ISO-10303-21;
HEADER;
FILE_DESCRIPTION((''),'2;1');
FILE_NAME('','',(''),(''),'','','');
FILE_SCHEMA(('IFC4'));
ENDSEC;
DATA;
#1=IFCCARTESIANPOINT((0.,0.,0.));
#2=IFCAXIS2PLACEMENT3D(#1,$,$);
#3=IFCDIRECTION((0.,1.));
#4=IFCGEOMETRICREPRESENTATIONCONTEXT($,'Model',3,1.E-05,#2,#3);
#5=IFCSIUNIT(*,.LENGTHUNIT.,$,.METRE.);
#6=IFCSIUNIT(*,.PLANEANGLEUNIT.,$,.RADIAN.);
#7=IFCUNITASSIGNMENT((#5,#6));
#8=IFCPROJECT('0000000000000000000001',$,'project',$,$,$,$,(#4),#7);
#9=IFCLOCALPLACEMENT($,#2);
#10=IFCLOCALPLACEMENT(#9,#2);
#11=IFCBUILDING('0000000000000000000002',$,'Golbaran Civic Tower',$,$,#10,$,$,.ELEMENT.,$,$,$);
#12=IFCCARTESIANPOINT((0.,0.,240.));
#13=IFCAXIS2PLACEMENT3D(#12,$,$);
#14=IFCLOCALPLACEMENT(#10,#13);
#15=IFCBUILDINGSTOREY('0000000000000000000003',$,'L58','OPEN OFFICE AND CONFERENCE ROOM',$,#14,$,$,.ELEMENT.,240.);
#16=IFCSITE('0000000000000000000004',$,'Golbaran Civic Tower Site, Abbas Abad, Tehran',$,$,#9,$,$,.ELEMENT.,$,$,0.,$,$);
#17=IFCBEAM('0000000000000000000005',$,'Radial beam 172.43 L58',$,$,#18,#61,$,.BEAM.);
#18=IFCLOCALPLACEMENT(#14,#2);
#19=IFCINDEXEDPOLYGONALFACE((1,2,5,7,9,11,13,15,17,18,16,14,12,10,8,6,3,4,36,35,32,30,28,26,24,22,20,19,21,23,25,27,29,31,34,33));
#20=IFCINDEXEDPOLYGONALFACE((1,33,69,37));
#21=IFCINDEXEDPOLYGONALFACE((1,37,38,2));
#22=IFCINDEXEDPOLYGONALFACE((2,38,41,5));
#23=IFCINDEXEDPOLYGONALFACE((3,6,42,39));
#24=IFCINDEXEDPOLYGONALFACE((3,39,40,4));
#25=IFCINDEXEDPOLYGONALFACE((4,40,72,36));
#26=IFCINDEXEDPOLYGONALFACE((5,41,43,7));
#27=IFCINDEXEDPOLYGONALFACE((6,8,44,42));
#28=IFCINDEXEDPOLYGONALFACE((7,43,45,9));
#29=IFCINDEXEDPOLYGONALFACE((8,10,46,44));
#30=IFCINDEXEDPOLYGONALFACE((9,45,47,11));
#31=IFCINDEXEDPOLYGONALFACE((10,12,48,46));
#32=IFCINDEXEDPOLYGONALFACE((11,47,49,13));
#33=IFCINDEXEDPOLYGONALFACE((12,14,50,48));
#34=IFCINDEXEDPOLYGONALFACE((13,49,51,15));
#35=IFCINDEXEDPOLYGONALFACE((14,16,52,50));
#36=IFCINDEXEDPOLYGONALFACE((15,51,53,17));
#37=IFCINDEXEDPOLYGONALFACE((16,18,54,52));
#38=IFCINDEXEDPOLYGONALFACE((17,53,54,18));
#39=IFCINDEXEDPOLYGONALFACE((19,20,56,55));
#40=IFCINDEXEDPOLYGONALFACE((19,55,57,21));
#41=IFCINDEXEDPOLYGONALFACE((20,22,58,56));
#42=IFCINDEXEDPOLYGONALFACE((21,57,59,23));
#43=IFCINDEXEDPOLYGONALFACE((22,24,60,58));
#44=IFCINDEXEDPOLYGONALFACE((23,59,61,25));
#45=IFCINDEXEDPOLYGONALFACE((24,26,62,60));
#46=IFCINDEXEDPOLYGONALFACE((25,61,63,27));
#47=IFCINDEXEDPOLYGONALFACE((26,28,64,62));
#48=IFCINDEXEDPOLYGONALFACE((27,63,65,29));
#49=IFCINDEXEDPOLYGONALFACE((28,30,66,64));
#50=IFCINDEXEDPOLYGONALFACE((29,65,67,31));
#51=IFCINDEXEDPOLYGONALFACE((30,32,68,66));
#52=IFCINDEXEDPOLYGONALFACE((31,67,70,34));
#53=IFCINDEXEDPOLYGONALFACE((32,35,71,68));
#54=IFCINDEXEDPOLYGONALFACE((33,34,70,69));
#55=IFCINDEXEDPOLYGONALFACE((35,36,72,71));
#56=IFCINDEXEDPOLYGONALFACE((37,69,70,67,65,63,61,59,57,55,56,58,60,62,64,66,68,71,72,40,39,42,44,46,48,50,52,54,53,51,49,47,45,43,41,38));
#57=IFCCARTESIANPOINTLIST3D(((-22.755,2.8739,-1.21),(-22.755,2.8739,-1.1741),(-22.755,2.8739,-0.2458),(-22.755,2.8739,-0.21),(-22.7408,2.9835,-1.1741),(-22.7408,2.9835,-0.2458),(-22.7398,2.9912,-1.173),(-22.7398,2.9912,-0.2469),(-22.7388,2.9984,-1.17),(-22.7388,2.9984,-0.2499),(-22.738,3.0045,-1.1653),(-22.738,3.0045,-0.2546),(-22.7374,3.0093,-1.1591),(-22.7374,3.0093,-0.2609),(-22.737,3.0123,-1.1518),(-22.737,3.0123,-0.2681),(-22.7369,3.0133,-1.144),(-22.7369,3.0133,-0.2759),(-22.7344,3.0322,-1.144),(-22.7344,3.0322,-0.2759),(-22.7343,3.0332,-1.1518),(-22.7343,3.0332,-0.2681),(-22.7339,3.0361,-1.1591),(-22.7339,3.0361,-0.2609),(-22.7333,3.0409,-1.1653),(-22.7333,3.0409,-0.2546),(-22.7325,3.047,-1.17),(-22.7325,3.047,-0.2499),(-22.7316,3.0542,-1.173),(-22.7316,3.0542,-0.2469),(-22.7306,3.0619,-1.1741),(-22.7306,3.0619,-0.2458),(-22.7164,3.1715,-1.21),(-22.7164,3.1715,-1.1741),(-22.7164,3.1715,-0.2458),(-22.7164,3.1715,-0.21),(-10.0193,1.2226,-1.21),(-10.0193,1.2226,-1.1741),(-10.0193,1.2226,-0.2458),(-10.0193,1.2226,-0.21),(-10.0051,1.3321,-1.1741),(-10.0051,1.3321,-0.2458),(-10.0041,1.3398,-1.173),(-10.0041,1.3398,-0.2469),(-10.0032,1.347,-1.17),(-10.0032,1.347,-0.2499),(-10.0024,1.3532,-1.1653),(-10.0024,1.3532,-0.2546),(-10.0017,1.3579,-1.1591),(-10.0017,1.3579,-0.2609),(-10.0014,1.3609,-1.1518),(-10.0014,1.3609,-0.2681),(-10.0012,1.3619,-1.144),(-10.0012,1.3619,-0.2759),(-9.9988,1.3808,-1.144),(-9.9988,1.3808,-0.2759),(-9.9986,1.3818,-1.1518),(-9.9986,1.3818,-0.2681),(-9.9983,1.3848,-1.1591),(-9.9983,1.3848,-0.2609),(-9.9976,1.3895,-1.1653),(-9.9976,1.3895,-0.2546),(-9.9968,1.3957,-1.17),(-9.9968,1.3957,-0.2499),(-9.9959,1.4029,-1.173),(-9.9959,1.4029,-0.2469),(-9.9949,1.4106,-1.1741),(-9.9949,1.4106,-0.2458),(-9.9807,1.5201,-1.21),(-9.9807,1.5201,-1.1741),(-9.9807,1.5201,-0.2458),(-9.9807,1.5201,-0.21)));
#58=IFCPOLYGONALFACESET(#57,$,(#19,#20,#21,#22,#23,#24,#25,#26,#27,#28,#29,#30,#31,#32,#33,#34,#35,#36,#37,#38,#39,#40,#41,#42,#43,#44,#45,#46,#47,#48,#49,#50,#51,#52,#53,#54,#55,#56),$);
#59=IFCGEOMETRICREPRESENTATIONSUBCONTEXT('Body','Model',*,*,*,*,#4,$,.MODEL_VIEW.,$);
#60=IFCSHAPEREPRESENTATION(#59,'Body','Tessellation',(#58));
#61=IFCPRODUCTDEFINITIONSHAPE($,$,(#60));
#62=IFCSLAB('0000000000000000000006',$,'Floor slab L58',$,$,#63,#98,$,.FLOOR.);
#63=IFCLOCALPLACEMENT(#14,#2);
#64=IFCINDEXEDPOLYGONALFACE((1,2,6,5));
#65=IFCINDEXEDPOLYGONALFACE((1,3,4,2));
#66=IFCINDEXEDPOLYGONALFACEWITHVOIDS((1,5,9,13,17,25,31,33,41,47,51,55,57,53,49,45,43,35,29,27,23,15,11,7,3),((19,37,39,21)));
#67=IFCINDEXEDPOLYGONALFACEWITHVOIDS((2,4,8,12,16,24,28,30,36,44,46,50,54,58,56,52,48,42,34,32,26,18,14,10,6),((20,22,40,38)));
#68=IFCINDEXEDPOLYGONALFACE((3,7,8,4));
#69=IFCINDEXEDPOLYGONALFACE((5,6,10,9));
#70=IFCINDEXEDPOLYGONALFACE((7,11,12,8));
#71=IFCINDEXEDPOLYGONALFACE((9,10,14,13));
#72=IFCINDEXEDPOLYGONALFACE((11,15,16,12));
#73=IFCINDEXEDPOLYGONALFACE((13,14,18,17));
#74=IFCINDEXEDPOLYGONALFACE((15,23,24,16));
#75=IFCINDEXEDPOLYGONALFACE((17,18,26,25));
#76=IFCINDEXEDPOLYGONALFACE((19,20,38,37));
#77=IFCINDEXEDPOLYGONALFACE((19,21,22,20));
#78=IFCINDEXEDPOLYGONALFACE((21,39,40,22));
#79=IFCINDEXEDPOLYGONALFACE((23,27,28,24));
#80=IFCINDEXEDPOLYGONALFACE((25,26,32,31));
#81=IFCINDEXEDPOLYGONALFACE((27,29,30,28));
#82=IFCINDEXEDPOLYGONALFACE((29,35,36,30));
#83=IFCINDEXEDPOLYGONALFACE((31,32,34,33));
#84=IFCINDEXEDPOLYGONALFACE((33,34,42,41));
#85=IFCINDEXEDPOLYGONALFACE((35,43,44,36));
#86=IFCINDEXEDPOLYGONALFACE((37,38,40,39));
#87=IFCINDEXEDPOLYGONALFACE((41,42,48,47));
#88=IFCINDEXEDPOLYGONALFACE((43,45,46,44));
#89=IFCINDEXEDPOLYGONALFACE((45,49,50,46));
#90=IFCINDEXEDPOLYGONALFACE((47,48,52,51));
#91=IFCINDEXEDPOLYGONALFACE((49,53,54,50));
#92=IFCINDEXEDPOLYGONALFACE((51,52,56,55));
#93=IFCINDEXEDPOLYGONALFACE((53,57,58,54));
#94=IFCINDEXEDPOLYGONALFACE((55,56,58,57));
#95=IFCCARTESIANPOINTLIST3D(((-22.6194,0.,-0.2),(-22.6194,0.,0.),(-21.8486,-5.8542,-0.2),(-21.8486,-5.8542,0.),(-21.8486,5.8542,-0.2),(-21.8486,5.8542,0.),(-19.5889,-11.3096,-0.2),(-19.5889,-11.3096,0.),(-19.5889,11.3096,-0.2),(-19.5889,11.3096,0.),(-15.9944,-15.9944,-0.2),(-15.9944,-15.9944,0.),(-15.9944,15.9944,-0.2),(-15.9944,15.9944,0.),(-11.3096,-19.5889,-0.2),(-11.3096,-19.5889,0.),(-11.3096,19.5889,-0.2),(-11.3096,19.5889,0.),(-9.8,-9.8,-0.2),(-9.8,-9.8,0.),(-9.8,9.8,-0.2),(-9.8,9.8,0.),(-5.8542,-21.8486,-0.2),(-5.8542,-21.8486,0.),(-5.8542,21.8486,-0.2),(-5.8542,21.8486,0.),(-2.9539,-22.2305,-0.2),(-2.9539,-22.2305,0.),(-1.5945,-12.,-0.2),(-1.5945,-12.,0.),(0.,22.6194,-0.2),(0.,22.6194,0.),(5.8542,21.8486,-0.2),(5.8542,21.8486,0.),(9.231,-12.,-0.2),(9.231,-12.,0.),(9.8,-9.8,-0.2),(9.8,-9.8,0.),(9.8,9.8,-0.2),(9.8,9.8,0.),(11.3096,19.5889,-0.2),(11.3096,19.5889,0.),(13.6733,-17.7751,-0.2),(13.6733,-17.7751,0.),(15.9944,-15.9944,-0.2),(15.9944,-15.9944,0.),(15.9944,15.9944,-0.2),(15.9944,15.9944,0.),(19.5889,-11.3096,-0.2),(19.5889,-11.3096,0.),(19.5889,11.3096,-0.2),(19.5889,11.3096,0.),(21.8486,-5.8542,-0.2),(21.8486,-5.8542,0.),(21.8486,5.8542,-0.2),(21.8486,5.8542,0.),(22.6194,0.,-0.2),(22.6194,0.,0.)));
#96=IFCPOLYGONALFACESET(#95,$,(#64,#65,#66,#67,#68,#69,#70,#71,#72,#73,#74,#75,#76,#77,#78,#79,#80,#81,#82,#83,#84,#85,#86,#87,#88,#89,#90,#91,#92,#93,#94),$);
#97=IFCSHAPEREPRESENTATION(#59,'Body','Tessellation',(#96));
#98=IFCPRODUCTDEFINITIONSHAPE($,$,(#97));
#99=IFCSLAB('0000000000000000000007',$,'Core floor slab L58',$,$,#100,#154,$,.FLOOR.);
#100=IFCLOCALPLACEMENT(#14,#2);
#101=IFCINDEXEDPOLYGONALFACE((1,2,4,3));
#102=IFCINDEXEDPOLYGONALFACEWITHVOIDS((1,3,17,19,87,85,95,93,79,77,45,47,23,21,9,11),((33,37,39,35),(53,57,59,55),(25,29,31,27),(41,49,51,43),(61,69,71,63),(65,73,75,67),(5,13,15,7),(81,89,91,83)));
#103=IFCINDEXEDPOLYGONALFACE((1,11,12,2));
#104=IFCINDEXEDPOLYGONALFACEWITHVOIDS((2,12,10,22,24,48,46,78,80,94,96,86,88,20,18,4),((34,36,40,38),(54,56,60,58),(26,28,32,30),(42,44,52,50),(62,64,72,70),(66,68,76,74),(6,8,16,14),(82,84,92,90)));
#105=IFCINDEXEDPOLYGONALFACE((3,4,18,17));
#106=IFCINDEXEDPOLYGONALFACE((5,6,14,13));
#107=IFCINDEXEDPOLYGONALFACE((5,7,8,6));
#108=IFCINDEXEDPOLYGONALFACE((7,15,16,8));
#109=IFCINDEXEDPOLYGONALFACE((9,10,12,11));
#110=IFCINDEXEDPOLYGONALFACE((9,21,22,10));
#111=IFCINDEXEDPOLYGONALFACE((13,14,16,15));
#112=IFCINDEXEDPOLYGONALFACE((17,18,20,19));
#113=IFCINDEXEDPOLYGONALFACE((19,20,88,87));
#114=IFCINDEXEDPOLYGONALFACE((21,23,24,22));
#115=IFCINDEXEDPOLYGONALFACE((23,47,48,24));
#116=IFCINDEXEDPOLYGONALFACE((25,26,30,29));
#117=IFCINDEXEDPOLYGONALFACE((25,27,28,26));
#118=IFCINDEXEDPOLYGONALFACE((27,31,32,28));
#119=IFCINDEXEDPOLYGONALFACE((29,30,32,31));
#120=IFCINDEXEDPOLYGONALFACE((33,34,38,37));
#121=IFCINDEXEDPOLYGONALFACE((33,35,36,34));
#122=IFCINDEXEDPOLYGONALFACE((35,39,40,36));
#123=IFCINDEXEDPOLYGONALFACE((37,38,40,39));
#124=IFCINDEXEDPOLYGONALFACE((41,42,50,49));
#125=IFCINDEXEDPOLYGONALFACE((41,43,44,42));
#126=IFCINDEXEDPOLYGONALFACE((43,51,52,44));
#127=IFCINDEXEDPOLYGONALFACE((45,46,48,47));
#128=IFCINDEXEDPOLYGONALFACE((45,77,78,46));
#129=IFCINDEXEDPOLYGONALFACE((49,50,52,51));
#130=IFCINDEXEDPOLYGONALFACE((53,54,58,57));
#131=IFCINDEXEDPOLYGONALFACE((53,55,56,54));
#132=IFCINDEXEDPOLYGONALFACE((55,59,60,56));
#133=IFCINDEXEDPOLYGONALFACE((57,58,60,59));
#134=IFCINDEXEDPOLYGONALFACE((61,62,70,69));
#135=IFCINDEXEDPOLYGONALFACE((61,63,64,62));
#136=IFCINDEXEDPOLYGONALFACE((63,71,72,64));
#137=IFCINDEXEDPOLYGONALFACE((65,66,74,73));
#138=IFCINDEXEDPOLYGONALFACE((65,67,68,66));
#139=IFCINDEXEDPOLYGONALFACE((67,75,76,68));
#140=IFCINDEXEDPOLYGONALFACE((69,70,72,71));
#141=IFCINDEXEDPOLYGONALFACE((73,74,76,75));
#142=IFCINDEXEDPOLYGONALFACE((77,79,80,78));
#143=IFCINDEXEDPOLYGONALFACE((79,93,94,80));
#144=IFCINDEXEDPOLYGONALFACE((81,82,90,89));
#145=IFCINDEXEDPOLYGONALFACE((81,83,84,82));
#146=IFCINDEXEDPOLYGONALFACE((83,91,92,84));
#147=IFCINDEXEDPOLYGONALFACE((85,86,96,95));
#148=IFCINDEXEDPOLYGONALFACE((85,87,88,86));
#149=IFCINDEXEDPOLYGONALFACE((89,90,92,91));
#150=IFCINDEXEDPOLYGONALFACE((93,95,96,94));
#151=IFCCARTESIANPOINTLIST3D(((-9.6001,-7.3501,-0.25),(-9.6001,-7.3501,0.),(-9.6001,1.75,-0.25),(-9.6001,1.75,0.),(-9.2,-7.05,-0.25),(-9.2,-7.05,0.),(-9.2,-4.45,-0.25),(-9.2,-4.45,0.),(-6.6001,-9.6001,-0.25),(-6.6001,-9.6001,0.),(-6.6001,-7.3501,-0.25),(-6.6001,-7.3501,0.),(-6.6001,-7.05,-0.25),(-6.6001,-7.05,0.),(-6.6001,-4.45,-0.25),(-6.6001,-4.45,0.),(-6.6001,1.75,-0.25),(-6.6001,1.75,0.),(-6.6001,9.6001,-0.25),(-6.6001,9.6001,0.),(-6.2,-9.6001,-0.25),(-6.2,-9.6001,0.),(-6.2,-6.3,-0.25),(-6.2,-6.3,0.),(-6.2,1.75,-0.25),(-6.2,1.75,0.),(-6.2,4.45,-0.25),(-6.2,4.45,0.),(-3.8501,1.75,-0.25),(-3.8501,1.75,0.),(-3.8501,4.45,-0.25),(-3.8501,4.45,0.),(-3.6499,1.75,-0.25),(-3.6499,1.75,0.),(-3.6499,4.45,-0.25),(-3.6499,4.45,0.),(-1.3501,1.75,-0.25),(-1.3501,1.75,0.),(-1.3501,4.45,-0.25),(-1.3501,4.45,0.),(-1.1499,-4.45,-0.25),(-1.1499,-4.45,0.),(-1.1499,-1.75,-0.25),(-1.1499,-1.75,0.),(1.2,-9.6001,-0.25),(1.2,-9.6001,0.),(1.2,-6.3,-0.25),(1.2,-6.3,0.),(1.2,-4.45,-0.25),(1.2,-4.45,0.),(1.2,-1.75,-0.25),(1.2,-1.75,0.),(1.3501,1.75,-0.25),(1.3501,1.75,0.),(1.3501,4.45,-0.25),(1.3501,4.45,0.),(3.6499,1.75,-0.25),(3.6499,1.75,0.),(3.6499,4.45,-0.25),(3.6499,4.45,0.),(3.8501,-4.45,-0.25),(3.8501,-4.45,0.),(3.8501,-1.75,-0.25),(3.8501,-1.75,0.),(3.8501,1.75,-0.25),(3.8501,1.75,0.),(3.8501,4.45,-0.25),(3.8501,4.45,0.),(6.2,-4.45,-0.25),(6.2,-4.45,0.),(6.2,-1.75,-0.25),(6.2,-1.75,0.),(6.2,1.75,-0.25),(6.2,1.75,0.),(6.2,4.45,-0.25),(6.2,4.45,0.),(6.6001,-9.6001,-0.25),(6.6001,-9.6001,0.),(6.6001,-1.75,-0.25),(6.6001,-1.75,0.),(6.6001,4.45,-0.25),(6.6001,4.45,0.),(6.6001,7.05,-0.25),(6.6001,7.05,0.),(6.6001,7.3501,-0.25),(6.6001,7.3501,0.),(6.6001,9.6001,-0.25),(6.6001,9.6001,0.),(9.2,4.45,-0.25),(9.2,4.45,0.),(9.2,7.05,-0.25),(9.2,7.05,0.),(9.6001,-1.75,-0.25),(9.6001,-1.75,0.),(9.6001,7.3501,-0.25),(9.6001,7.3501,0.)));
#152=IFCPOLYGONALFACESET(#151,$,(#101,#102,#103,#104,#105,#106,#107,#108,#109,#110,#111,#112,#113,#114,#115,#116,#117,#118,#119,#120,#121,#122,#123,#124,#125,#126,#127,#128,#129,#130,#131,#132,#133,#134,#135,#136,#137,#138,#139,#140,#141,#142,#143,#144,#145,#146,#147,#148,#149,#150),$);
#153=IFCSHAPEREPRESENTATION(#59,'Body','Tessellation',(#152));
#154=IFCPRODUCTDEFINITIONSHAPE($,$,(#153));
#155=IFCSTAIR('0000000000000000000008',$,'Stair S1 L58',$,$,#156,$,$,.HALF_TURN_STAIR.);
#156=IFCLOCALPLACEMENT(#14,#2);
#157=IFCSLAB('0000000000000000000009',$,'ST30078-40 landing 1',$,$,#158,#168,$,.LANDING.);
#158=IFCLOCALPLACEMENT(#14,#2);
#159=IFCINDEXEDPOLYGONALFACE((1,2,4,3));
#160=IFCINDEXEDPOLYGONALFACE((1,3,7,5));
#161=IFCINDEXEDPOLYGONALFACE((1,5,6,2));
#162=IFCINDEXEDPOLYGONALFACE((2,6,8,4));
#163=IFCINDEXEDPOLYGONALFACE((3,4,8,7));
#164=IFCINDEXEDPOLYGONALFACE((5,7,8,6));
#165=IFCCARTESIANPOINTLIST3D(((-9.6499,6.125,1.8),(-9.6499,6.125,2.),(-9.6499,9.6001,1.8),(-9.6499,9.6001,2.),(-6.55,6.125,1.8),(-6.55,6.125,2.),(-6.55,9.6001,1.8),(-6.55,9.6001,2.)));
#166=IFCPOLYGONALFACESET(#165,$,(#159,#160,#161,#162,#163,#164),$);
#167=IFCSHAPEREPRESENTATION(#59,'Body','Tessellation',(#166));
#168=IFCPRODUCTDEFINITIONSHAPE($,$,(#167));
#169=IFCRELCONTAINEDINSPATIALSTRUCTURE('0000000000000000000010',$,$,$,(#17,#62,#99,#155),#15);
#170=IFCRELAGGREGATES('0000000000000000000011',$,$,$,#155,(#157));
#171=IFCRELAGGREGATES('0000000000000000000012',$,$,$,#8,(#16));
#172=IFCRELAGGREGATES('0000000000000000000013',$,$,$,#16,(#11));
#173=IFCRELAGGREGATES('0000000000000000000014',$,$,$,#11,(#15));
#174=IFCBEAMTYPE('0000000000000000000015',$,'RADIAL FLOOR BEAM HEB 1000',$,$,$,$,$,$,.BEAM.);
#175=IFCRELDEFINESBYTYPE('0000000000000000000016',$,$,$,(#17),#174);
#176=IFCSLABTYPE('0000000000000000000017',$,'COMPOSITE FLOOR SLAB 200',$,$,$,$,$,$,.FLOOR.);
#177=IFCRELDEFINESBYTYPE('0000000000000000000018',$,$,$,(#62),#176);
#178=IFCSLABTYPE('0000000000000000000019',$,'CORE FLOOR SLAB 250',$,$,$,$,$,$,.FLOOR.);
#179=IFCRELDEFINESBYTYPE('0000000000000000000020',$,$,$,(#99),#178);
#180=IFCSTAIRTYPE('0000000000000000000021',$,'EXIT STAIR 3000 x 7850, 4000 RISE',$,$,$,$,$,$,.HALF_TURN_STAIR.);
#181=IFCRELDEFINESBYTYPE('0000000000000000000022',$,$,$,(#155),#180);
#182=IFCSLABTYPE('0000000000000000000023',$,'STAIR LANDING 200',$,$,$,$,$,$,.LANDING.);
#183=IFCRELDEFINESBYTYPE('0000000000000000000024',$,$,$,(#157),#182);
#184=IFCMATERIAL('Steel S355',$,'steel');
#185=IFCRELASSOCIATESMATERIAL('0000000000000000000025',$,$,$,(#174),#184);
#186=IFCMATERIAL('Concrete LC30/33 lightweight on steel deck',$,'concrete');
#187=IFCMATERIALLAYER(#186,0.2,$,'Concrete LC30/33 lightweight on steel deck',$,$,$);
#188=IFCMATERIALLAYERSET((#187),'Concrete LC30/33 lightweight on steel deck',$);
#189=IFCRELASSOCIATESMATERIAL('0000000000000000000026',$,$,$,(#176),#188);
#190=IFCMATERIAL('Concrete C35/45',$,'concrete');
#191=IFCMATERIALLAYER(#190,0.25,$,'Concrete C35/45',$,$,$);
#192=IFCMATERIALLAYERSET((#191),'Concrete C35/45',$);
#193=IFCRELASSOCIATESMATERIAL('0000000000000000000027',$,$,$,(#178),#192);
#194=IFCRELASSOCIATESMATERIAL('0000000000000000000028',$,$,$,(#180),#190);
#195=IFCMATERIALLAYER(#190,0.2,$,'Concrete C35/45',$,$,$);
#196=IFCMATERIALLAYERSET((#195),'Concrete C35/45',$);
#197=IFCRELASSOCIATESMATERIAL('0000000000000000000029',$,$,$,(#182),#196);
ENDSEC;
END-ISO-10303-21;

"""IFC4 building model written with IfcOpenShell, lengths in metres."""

from ifc_helpers import new_model, si_unit, direction, frame, origin, origin_2d, place, context, subcontext, project, spatial, polyline, i_section, outline, extrude, material, layer, layer_set, material_profile, profile_set, type_object, element, aggregate, save


model = new_model("IFC4")

# Units and contexts
model_context = context("Model", 3, precision=1e-05, world=origin(), true_north=direction((0.0, 1.0)))
body_context = subcontext(model_context, "Body", "Model", "MODEL_VIEW")
ifc_project = project(units=[si_unit("LENGTHUNIT", "METRE"), si_unit("PLANEANGLEUNIT", "RADIAN")], contexts=[model_context])

# Site, building, storey
site_placement = place(None, origin())
site = spatial("IfcSite", under=ifc_project, at=site_placement, Name="Golbaran Civic Tower Site, Abbas Abad, Tehran", CompositionType="ELEMENT", RefElevation=0.0)
building_placement = place(site_placement, origin())
building = spatial("IfcBuilding", under=site, at=building_placement, Name="Golbaran Civic Tower", CompositionType="ELEMENT")
storey_placement = place(building_placement, frame((0.0, 0.0, 240.0)))
storey = spatial("IfcBuildingStorey", under=building, at=storey_placement, Name="L58", Description="OPEN OFFICE AND CONFERENCE ROOM", CompositionType="ELEMENT", Elevation=240.0)

# Beam
ifc_material_1 = material(Name="Steel S355", Category="steel")
ifc_material_profile = material_profile(ifc_material_1, i_section(OverallWidth=0.3, OverallDepth=1.0, WebThickness=0.019, FlangeThickness=0.0359, FilletRadius=0.03, at=origin_2d()), Name="HEB 1000")
ifc_profile_set = profile_set([ifc_material_profile], Name="Steel S355")
beam_type = type_object("IfcBeamType", Name="RADIAL FLOOR BEAM HEB 1000", PredefinedType="BEAM", material=ifc_profile_set)
beam_1_placement = place(storey_placement, frame((-10.0, 1.3713, -0.71), z_axis=(-0.991698, 0.128589, 0.0), x_axis=(-0.128589, -0.991698, 0.0)))
element("IfcBeam", 1, at=beam_1_placement, inside=storey, type_object=beam_type, Name="Radial beam 172.43 L58", PredefinedType="BEAM", context=body_context, shape_type="SweptSolid", body=[
    extrude(i_section(OverallWidth=0.3, OverallDepth=1.0, WebThickness=0.019, FlangeThickness=0.0359, FilletRadius=0.03, at=origin_2d()), origin(), (0.0, 0.0, 1.0), 12.8423),
])

# Slabs
ifc_material_2 = material(Name="Concrete LC30/33 lightweight on steel deck", Category="concrete")
ifc_layer_1 = layer(ifc_material_2, 0.2, Name="Concrete LC30/33 lightweight on steel deck")
ifc_layer_set_1 = layer_set([ifc_layer_1], Name="Concrete LC30/33 lightweight on steel deck")
slab_type_1 = type_object("IfcSlabType", Name="COMPOSITE FLOOR SLAB 200", PredefinedType="FLOOR", material=ifc_layer_set_1)
slab_1_placement = place(storey_placement, frame((0.0, 0.0, -0.2)))
element("IfcSlab", 2, at=slab_1_placement, inside=storey, type_object=slab_type_1, Name="Floor slab L58", PredefinedType="FLOOR", context=body_context, shape_type="SweptSolid", body=[
    extrude(outline(polyline([(15.9944, -15.9944), (13.6733, -17.7751), (9.231, -12.0), (-1.5945, -12.0), (-2.9539, -22.2305), (-5.8542, -21.8486), (-11.3096, -19.5889), (-15.9944, -15.9944), (-19.5889, -11.3096), (-21.8486, -5.8542), (-22.6194, 0.0), (-21.8486, 5.8542), (-19.5889, 11.3096), (-15.9944, 15.9944), (-11.3096, 19.5889), (-5.8542, 21.8486), (0.0, 22.6194), (5.8542, 21.8486), (11.3096, 19.5889), (15.9944, 15.9944), (19.5889, 11.3096), (21.8486, 5.8542), (22.6194, 0.0), (21.8486, -5.8542), (19.5889, -11.3096), (15.9944, -15.9944)]), holes=[polyline([(-9.8, -9.8), (9.8, -9.8), (9.8, 9.8), (-9.8, 9.8), (-9.8, -9.8)])]), origin(), (0.0, 0.0, 1.0), 0.2),
])
ifc_material_3 = material(Name="Concrete C35/45", Category="concrete")
ifc_layer_2 = layer(ifc_material_3, 0.25, Name="Concrete C35/45")
ifc_layer_set_2 = layer_set([ifc_layer_2], Name="Concrete C35/45")
slab_type_2 = type_object("IfcSlabType", Name="CORE FLOOR SLAB 250", PredefinedType="FLOOR", material=ifc_layer_set_2)
slab_2_placement = place(storey_placement, frame((0.0, 0.0, -0.25)))
element("IfcSlab", 3, at=slab_2_placement, inside=storey, type_object=slab_type_2, Name="Core floor slab L58", PredefinedType="FLOOR", context=body_context, shape_type="SweptSolid", body=[
    extrude(outline(polyline([(6.6001, -1.75), (6.6001, -9.6001), (1.2, -9.6001), (1.2, -6.3), (-6.2, -6.3), (-6.2, -9.6001), (-6.6001, -9.6001), (-6.6001, -7.3501), (-9.6001, -7.3501), (-9.6001, 1.75), (-6.6001, 1.75), (-6.6001, 9.6001), (6.6001, 9.6001), (6.6001, 7.3501), (9.6001, 7.3501), (9.6001, -1.75), (6.6001, -1.75)]), holes=[polyline([(9.2, 7.05), (6.6001, 7.05), (6.6001, 4.45), (9.2, 4.45), (9.2, 7.05)]), polyline([(6.2, -1.75), (3.8501, -1.75), (3.8501, -4.45), (6.2, -4.45), (6.2, -1.75)]), polyline([(6.2, 4.45), (3.8501, 4.45), (3.8501, 1.75), (6.2, 1.75), (6.2, 4.45)]), polyline([(3.6499, 4.45), (1.3501, 4.45), (1.3501, 1.75), (3.6499, 1.75), (3.6499, 4.45)]), polyline([(-1.1499, -1.75), (-1.1499, -4.45), (1.2, -4.45), (1.2, -1.75), (-1.1499, -1.75)]), polyline([(-1.3501, 4.45), (-3.6499, 4.45), (-3.6499, 1.75), (-1.3501, 1.75), (-1.3501, 4.45)]), polyline([(-3.8501, 4.45), (-6.2, 4.45), (-6.2, 1.75), (-3.8501, 1.75), (-3.8501, 4.45)]), polyline([(-6.6001, -4.45), (-9.2, -4.45), (-9.2, -7.05), (-6.6001, -7.05), (-6.6001, -4.45)])]), origin(), (0.0, 0.0, 1.0), 0.25),
])

# Stair, slab
stair_type = type_object("IfcStairType", Name="EXIT STAIR 3000 x 7850, 4000 RISE", PredefinedType="HALF_TURN_STAIR", material=ifc_material_3)
stair_placement = place(storey_placement, origin())
stair = element("IfcStair", 4, at=stair_placement, inside=storey, type_object=stair_type, Name="Stair S1 L58", PredefinedType="HALF_TURN_STAIR")
ifc_layer_3 = layer(ifc_material_3, 0.2, Name="Concrete C35/45")
ifc_layer_set_3 = layer_set([ifc_layer_3], Name="Concrete C35/45")
slab_type_3 = type_object("IfcSlabType", Name="STAIR LANDING 200", PredefinedType="LANDING", material=ifc_layer_set_3)
slab_3_placement = place(storey_placement, frame((0.0, 0.0, 1.8)))
slab_3 = element("IfcSlab", 5, at=slab_3_placement, type_object=slab_type_3, Name="ST30078-40 landing 1", PredefinedType="LANDING", context=body_context, shape_type="SweptSolid", body=[
    extrude(outline(polyline([(-9.6499, 6.125), (-9.6499, 9.6001), (-6.55, 9.6001), (-6.55, 6.125), (-9.6499, 6.125)])), origin(), (0.0, 0.0, 1.0), 0.2),
])

aggregate(stair, [slab_3])

save(model, "model.ifc")
